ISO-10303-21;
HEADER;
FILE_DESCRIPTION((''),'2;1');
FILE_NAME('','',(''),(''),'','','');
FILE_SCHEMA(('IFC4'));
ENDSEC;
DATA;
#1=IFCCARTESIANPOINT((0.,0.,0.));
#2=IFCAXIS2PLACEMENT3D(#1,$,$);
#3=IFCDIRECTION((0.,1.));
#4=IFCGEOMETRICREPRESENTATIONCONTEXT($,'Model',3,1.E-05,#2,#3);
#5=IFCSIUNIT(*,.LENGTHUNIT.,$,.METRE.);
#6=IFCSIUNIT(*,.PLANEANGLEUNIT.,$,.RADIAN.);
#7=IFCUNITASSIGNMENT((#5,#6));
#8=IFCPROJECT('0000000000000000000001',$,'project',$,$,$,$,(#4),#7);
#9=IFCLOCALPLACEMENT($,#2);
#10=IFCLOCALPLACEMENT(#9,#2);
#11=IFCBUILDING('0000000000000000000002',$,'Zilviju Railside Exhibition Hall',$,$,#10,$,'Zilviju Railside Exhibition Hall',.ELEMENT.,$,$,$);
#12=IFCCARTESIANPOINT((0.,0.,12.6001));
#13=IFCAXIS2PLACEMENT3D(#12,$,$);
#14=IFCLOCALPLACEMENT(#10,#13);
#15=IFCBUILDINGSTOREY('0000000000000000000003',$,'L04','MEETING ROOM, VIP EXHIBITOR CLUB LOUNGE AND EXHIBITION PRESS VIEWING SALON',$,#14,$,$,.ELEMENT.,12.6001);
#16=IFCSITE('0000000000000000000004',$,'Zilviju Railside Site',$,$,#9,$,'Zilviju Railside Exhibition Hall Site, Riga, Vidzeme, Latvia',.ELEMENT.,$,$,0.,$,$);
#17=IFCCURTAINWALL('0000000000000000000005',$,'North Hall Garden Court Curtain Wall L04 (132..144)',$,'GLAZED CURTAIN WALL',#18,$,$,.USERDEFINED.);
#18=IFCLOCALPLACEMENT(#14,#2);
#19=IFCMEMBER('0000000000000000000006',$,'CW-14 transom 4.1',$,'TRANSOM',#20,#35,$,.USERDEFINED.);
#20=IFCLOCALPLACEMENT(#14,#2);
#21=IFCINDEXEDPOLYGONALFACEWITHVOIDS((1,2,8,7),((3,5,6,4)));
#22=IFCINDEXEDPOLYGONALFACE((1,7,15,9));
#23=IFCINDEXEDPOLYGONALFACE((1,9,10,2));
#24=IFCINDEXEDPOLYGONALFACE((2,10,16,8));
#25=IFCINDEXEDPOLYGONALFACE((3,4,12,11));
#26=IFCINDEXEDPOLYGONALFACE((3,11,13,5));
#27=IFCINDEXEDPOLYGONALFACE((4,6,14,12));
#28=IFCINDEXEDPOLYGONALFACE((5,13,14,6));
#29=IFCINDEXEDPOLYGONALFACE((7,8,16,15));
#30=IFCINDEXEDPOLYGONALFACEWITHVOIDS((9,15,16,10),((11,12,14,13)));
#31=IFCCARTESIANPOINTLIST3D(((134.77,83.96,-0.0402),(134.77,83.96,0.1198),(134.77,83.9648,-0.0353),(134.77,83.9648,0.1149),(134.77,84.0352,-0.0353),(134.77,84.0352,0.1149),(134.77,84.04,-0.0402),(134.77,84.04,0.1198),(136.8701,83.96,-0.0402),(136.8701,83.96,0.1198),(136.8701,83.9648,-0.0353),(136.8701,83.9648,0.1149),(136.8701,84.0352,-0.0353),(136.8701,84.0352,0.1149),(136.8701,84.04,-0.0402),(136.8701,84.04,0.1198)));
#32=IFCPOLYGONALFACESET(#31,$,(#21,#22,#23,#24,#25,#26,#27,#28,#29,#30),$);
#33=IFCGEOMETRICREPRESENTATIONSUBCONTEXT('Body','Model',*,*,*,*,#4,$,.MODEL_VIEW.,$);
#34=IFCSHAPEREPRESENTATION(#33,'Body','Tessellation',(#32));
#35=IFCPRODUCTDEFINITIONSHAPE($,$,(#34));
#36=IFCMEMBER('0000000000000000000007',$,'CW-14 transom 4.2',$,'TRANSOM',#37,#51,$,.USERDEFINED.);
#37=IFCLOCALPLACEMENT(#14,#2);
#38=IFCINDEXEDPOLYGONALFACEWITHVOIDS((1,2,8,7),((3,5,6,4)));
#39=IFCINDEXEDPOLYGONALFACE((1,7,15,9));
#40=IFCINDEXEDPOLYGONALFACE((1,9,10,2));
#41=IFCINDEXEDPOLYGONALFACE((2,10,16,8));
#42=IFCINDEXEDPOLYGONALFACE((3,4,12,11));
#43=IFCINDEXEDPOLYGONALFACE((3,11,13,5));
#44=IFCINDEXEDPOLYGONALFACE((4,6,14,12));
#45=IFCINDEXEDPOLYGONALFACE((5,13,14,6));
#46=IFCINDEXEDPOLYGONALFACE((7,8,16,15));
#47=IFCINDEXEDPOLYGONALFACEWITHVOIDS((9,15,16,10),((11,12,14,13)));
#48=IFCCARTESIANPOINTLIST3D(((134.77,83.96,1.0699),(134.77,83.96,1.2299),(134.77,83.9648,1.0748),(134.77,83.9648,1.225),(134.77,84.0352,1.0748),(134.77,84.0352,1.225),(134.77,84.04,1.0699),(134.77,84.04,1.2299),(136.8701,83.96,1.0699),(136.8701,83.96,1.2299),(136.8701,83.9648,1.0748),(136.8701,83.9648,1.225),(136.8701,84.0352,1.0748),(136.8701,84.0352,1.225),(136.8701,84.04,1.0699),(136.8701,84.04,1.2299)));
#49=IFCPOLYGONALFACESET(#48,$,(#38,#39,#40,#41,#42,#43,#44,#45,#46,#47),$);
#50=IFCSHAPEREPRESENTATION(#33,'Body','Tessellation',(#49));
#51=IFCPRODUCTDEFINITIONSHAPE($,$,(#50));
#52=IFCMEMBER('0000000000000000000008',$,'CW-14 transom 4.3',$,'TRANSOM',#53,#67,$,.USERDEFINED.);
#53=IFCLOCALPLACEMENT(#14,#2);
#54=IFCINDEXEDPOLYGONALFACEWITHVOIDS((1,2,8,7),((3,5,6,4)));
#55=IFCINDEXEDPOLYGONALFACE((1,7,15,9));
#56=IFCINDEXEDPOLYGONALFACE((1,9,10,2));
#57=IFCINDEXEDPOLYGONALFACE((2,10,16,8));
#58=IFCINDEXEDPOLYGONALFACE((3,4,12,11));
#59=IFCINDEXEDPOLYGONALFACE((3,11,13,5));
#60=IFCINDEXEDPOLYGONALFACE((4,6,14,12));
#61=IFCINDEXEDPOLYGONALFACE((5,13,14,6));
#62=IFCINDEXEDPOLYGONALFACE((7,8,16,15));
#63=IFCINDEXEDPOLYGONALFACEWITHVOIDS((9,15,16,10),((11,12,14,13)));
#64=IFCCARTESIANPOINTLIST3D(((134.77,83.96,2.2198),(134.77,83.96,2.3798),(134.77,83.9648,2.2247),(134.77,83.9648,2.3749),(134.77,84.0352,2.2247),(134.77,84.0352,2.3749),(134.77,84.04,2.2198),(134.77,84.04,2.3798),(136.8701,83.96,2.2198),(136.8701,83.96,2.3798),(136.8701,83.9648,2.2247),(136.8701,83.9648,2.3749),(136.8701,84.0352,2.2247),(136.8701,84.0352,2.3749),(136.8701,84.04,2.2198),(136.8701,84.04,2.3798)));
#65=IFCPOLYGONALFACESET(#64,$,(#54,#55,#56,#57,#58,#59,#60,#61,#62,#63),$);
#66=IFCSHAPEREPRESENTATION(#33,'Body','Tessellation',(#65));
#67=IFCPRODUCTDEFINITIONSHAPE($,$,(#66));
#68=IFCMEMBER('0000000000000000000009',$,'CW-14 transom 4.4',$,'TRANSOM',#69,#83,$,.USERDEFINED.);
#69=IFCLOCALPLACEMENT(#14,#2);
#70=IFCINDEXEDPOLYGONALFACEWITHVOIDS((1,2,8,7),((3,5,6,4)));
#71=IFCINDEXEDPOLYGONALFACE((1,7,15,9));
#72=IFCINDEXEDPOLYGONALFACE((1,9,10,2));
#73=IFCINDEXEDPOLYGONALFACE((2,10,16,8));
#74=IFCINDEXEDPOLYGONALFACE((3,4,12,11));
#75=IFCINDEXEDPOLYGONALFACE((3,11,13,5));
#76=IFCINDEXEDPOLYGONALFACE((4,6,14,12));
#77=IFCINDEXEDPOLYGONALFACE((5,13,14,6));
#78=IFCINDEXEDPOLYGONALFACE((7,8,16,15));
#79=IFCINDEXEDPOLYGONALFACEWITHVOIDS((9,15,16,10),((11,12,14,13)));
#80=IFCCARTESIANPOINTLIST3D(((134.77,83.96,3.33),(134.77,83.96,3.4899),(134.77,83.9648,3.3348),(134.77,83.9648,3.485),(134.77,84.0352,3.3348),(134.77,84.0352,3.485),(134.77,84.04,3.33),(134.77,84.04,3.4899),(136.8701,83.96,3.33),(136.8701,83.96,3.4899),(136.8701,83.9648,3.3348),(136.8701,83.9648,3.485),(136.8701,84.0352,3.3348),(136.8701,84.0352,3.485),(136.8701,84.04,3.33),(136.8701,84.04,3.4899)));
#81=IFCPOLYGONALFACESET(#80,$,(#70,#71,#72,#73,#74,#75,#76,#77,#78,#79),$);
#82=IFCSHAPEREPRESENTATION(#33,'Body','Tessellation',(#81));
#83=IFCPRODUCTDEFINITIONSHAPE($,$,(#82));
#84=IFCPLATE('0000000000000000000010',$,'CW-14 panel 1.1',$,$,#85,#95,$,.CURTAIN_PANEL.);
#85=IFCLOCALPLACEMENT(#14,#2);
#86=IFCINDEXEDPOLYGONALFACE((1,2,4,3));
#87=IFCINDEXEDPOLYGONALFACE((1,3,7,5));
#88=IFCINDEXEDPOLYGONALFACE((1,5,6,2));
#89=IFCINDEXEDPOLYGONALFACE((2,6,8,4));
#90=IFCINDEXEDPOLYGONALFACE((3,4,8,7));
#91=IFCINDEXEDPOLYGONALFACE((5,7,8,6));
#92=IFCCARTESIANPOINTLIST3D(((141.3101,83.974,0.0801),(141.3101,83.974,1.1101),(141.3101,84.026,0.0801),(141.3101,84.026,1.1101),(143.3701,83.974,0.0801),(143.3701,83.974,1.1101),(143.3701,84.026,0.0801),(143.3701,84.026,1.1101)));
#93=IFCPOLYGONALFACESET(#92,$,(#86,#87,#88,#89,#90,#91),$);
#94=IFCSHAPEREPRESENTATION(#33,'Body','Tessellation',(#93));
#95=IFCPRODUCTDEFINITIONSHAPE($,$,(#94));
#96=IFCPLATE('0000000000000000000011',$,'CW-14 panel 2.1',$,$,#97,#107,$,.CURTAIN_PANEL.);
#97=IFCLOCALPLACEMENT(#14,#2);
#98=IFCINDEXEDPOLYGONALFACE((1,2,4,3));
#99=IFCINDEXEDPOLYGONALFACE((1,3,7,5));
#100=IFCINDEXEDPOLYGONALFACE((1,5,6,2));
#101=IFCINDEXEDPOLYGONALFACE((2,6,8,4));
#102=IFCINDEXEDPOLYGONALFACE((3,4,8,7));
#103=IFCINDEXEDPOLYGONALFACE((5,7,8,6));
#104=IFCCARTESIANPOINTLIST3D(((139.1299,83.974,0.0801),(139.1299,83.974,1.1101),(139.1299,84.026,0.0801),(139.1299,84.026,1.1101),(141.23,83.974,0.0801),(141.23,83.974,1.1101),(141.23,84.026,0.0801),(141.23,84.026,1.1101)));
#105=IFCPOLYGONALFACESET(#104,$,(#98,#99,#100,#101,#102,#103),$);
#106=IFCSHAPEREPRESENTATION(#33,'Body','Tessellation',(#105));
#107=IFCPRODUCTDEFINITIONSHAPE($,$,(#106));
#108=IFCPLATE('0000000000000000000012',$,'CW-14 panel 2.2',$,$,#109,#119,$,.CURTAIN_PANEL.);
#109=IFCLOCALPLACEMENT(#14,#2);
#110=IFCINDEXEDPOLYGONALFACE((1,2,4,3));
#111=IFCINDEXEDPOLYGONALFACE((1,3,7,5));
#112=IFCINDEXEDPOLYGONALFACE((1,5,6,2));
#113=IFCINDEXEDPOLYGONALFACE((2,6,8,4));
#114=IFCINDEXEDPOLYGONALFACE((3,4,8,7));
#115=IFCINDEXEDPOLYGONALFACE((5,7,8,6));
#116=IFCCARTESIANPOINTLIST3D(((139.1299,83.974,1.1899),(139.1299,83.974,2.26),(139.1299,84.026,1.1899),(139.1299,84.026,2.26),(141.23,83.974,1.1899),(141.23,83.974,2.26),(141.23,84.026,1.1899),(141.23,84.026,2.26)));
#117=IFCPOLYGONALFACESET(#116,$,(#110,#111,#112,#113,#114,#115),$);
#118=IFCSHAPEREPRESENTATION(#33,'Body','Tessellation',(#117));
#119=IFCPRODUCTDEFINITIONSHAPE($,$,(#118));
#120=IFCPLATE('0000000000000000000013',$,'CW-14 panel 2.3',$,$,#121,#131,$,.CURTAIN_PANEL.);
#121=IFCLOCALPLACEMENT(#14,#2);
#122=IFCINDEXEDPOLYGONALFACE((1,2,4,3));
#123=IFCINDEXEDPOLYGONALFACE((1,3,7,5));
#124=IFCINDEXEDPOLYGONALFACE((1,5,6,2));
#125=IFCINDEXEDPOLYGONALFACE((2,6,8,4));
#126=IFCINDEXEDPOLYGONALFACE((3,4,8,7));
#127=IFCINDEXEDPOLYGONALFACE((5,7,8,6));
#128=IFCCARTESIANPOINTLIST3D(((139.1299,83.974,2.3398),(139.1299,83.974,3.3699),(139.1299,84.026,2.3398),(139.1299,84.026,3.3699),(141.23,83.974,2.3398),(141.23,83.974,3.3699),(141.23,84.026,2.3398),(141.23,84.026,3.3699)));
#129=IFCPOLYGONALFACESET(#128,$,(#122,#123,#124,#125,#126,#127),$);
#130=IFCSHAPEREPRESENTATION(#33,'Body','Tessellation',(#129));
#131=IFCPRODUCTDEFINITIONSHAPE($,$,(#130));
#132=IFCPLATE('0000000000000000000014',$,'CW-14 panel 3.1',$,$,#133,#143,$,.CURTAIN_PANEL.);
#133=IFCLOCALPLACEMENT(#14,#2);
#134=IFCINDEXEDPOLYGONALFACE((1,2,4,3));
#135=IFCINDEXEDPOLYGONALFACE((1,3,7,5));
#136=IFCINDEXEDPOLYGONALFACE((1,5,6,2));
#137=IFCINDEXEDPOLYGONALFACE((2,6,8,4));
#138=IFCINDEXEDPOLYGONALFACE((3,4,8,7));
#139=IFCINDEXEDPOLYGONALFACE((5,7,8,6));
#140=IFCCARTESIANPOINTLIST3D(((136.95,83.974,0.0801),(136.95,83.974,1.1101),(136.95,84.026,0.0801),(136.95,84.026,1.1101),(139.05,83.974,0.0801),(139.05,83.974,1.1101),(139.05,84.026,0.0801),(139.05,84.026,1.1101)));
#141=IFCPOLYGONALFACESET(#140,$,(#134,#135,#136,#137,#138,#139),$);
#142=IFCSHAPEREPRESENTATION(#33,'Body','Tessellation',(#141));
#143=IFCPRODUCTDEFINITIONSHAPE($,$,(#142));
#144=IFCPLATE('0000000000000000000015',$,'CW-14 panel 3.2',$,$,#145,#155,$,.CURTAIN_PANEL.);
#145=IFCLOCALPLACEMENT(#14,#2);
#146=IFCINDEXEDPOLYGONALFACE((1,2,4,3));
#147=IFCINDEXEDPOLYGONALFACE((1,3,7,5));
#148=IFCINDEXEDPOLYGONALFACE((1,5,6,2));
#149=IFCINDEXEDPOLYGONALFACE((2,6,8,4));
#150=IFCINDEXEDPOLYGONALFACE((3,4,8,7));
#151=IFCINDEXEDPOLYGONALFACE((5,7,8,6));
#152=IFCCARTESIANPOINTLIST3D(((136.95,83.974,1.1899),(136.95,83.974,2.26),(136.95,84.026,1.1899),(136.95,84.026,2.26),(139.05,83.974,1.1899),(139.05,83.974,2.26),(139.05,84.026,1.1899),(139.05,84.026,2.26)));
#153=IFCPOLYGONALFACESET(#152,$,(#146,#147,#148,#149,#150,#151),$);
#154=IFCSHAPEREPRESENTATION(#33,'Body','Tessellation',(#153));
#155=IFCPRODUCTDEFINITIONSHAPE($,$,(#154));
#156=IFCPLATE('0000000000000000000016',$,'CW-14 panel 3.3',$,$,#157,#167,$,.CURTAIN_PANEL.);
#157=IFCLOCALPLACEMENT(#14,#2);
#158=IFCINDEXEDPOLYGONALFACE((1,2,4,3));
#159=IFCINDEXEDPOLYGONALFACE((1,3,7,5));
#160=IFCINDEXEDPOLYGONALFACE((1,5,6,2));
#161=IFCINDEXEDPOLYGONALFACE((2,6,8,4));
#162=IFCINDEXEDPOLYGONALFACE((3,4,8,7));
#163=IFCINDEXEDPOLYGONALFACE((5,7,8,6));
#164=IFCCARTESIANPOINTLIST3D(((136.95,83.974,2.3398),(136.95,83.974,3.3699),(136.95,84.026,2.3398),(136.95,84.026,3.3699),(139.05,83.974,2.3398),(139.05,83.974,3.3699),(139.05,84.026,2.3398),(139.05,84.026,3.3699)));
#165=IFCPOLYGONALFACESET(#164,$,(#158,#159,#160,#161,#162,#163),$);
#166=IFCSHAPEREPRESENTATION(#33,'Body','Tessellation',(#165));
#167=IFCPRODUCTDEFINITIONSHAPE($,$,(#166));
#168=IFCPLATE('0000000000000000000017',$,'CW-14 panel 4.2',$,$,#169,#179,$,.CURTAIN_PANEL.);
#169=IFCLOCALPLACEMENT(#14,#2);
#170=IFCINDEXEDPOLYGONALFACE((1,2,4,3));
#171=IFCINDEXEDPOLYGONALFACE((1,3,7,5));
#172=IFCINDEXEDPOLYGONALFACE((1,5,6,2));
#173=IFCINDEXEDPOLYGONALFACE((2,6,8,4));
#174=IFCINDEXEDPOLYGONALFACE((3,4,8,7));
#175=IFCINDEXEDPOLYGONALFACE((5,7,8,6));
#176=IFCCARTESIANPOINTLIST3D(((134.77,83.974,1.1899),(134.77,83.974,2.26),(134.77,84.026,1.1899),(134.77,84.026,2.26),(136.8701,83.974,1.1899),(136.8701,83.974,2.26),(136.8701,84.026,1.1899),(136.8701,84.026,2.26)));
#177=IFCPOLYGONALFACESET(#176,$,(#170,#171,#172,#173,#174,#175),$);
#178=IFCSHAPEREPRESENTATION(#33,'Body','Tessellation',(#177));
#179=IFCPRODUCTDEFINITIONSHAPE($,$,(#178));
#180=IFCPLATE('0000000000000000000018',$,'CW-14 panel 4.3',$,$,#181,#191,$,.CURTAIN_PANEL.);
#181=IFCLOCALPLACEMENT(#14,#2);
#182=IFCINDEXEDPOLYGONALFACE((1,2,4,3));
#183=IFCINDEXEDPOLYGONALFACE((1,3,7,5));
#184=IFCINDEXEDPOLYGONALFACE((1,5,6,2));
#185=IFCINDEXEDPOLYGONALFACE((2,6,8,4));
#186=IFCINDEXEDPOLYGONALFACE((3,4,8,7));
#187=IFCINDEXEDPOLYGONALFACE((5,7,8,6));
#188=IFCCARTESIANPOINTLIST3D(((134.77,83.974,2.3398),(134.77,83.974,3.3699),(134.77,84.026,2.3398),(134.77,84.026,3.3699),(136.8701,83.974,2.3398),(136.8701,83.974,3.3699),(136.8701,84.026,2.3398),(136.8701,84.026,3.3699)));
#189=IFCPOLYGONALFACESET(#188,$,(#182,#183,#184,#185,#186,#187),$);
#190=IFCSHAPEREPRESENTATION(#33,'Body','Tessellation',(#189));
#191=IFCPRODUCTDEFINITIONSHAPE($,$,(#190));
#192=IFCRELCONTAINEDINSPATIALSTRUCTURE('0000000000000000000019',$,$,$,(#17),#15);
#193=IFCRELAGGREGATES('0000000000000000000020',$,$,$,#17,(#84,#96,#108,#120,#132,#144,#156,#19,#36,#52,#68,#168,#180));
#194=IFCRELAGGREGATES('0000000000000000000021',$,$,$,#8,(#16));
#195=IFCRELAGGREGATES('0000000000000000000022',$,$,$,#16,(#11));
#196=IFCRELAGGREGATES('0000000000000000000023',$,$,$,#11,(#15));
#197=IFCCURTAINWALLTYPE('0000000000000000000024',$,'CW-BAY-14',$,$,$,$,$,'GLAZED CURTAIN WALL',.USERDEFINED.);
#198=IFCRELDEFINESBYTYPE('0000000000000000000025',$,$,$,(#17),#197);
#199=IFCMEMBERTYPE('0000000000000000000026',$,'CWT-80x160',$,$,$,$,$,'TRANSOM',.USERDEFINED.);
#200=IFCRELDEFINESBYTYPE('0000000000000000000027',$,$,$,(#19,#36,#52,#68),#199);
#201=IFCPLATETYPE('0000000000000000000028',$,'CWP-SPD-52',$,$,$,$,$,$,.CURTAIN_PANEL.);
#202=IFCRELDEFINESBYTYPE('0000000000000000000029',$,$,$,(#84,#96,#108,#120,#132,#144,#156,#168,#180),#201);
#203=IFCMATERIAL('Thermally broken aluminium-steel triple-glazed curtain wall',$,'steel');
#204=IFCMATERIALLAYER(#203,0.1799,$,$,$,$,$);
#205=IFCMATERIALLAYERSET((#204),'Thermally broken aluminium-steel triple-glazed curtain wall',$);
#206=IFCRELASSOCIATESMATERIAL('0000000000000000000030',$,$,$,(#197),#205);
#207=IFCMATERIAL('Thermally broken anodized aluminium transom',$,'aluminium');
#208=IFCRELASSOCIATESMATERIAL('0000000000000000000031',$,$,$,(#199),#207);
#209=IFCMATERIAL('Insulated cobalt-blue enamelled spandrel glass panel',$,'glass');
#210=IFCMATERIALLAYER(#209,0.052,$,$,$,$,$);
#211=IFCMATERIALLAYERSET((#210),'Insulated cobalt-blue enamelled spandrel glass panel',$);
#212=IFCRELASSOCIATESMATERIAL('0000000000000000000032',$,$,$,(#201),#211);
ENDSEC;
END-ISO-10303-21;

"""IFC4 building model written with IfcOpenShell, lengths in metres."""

from ifc_helpers import new_model, si_unit, direction, frame, origin, origin_2d, place, context, subcontext, project, spatial, rectangle, hollow_rectangle, extrude, material, layer, layer_set, material_profile, profile_set, type_object, element, aggregate, save


model = new_model("IFC4")

# Units and contexts
model_context = context("Model", 3, precision=1e-05, world=origin(), true_north=direction((0.0, 1.0)))
body_context = subcontext(model_context, "Body", "Model", "MODEL_VIEW")
ifc_project = project(units=[si_unit("LENGTHUNIT", "METRE"), si_unit("PLANEANGLEUNIT", "RADIAN")], contexts=[model_context])

# Site, building, storey
site_placement = place(None, origin())
site = spatial("IfcSite", under=ifc_project, at=site_placement, Name="Zilviju Railside Site", LongName="Zilviju Railside Exhibition Hall Site, Riga, Vidzeme, Latvia", CompositionType="ELEMENT", RefElevation=0.0)
building_placement = place(site_placement, origin())
building = spatial("IfcBuilding", under=site, at=building_placement, Name="Zilviju Railside Exhibition Hall", LongName="Zilviju Railside Exhibition Hall", CompositionType="ELEMENT")
storey_placement = place(building_placement, frame((0.0, 0.0, 12.6001)))
storey = spatial("IfcBuildingStorey", under=building, at=storey_placement, Name="L04", Description="MEETING ROOM, VIP EXHIBITOR CLUB LOUNGE AND EXHIBITION PRESS VIEWING SALON", CompositionType="ELEMENT", Elevation=12.6001)

# Curtain wall, members, plates
ifc_material_1 = material(Name="Thermally broken aluminium-steel triple-glazed curtain wall", Category="steel")
ifc_layer_1 = layer(ifc_material_1, 0.1799)
ifc_layer_set_1 = layer_set([ifc_layer_1], Name="Thermally broken aluminium-steel triple-glazed curtain wall")
curtain_wall_type = type_object("IfcCurtainWallType", Name="CW-BAY-14", ElementType="GLAZED CURTAIN WALL", PredefinedType="USERDEFINED", material=ifc_layer_set_1)
curtain_wall_placement = place(storey_placement, origin())
curtain_wall = element("IfcCurtainWall", 1, at=curtain_wall_placement, inside=storey, type_object=curtain_wall_type, Name="North Hall Garden Court Curtain Wall L04 (132..144)", ObjectType="GLAZED CURTAIN WALL", PredefinedType="USERDEFINED")
ifc_material_2 = material(Name="Thermally broken anodized aluminium transom", Category="aluminium")
ifc_material_profile_1 = material_profile(ifc_material_2, hollow_rectangle(XDim=0.0801, YDim=0.1599, WallThickness=0.0049, at=origin_2d()), Name="TRANSOM 160x80x5")
ifc_profile_set_1 = profile_set([ifc_material_profile_1], Name="Thermally broken anodized aluminium transom")
member_type_1 = type_object("IfcMemberType", Name="CWT-80x160", ElementType="TRANSOM", PredefinedType="USERDEFINED", material=ifc_profile_set_1)
member_1_placement = place(storey_placement, frame((136.8701, 84.0, 0.0398), z_axis=(-1.0, 0.0, 0.0), x_axis=(0.0, -1.0, 0.0)))
member_1 = element("IfcMember", 2, at=member_1_placement, type_object=member_type_1, Name="CW-14 transom 4.1", ObjectType="TRANSOM", PredefinedType="USERDEFINED", context=body_context, shape_type="SweptSolid", body=[
    extrude(hollow_rectangle(XDim=0.0801, YDim=0.1599, WallThickness=0.0049, at=origin_2d()), origin(), (0.0, 0.0, 1.0), 2.1001),
])
member_2_placement = place(storey_placement, frame((136.8701, 84.0, 1.1499), z_axis=(-1.0, 0.0, 0.0), x_axis=(0.0, -1.0, 0.0)))
member_2 = element("IfcMember", 3, at=member_2_placement, type_object=member_type_1, Name="CW-14 transom 4.2", ObjectType="TRANSOM", PredefinedType="USERDEFINED", context=body_context, shape_type="SweptSolid", body=[
    extrude(hollow_rectangle(XDim=0.0801, YDim=0.1599, WallThickness=0.0049, at=origin_2d()), origin(), (0.0, 0.0, 1.0), 2.1001),
])
member_3_placement = place(storey_placement, frame((136.8701, 84.0, 2.2998), z_axis=(-1.0, 0.0, 0.0), x_axis=(0.0, -1.0, 0.0)))
member_3 = element("IfcMember", 4, at=member_3_placement, type_object=member_type_1, Name="CW-14 transom 4.3", ObjectType="TRANSOM", PredefinedType="USERDEFINED", context=body_context, shape_type="SweptSolid", body=[
    extrude(hollow_rectangle(XDim=0.0801, YDim=0.1599, WallThickness=0.0049, at=origin_2d()), origin(), (0.0, 0.0, 1.0), 2.1001),
])
member_4_placement = place(storey_placement, frame((136.8701, 84.0, 3.4099), z_axis=(-1.0, 0.0, 0.0), x_axis=(0.0, -1.0, 0.0)))
member_4 = element("IfcMember", 5, at=member_4_placement, type_object=member_type_1, Name="CW-14 transom 4.4", ObjectType="TRANSOM", PredefinedType="USERDEFINED", context=body_context, shape_type="SweptSolid", body=[
    extrude(hollow_rectangle(XDim=0.0801, YDim=0.1599, WallThickness=0.0049, at=origin_2d()), origin(), (0.0, 0.0, 1.0), 2.1001),
])
ifc_material_3 = material(Name="Insulated cobalt-blue enamelled spandrel glass panel", Category="glass")
ifc_layer_2 = layer(ifc_material_3, 0.052)
ifc_layer_set_2 = layer_set([ifc_layer_2], Name="Insulated cobalt-blue enamelled spandrel glass panel")
plate_type = type_object("IfcPlateType", Name="CWP-SPD-52", PredefinedType="CURTAIN_PANEL", material=ifc_layer_set_2)
plate_1_placement = place(storey_placement, frame((142.3401, 84.0, 0.0801), z_axis=(0.0, 0.0, 1.0), x_axis=(-1.0, 0.0, 0.0)))
plate_1 = element("IfcPlate", 6, at=plate_1_placement, type_object=plate_type, Name="CW-14 panel 1.1", PredefinedType="CURTAIN_PANEL", context=body_context, shape_type="SweptSolid", body=[
    extrude(rectangle(XDim=2.0601, YDim=0.052, at=origin_2d()), origin(), (0.0, 0.0, 1.0), 1.03),
])
plate_2_placement = place(storey_placement, frame((140.1799, 84.0, 0.0801), z_axis=(0.0, 0.0, 1.0), x_axis=(-1.0, 0.0, 0.0)))
plate_2 = element("IfcPlate", 7, at=plate_2_placement, type_object=plate_type, Name="CW-14 panel 2.1", PredefinedType="CURTAIN_PANEL", context=body_context, shape_type="SweptSolid", body=[
    extrude(rectangle(XDim=2.1001, YDim=0.052, at=origin_2d()), origin(), (0.0, 0.0, 1.0), 1.03),
])
plate_3_placement = place(storey_placement, frame((140.1799, 84.0, 1.1899), z_axis=(0.0, 0.0, 1.0), x_axis=(-1.0, 0.0, 0.0)))
plate_3 = element("IfcPlate", 8, at=plate_3_placement, type_object=plate_type, Name="CW-14 panel 2.2", PredefinedType="CURTAIN_PANEL", context=body_context, shape_type="SweptSolid", body=[
    extrude(rectangle(XDim=2.1001, YDim=0.052, at=origin_2d()), origin(), (0.0, 0.0, 1.0), 1.0701),
])
plate_4_placement = place(storey_placement, frame((140.1799, 84.0, 2.3398), z_axis=(0.0, 0.0, 1.0), x_axis=(-1.0, 0.0, 0.0)))
plate_4 = element("IfcPlate", 9, at=plate_4_placement, type_object=plate_type, Name="CW-14 panel 2.3", PredefinedType="CURTAIN_PANEL", context=body_context, shape_type="SweptSolid", body=[
    extrude(rectangle(XDim=2.1001, YDim=0.052, at=origin_2d()), origin(), (0.0, 0.0, 1.0), 1.03),
])
plate_5_placement = place(storey_placement, frame((138.0, 84.0, 0.0801), z_axis=(0.0, 0.0, 1.0), x_axis=(-1.0, 0.0, 0.0)))
plate_5 = element("IfcPlate", 10, at=plate_5_placement, type_object=plate_type, Name="CW-14 panel 3.1", PredefinedType="CURTAIN_PANEL", context=body_context, shape_type="SweptSolid", body=[
    extrude(rectangle(XDim=2.1001, YDim=0.052, at=origin_2d()), origin(), (0.0, 0.0, 1.0), 1.03),
])
plate_6_placement = place(storey_placement, frame((138.0, 84.0, 1.1899), z_axis=(0.0, 0.0, 1.0), x_axis=(-1.0, 0.0, 0.0)))
plate_6 = element("IfcPlate", 11, at=plate_6_placement, type_object=plate_type, Name="CW-14 panel 3.2", PredefinedType="CURTAIN_PANEL", context=body_context, shape_type="SweptSolid", body=[
    extrude(rectangle(XDim=2.1001, YDim=0.052, at=origin_2d()), origin(), (0.0, 0.0, 1.0), 1.0701),
])
plate_7_placement = place(storey_placement, frame((138.0, 84.0, 2.3398), z_axis=(0.0, 0.0, 1.0), x_axis=(-1.0, 0.0, 0.0)))
plate_7 = element("IfcPlate", 12, at=plate_7_placement, type_object=plate_type, Name="CW-14 panel 3.3", PredefinedType="CURTAIN_PANEL", context=body_context, shape_type="SweptSolid", body=[
    extrude(rectangle(XDim=2.1001, YDim=0.052, at=origin_2d()), origin(), (0.0, 0.0, 1.0), 1.03),
])
plate_8_placement = place(storey_placement, frame((135.8201, 84.0, 1.1899), z_axis=(0.0, 0.0, 1.0), x_axis=(-1.0, 0.0, 0.0)))
plate_8 = element("IfcPlate", 13, at=plate_8_placement, type_object=plate_type, Name="CW-14 panel 4.2", PredefinedType="CURTAIN_PANEL", context=body_context, shape_type="SweptSolid", body=[
    extrude(rectangle(XDim=2.1001, YDim=0.052, at=origin_2d()), origin(), (0.0, 0.0, 1.0), 1.0701),
])
plate_9_placement = place(storey_placement, frame((135.8201, 84.0, 2.3398), z_axis=(0.0, 0.0, 1.0), x_axis=(-1.0, 0.0, 0.0)))
plate_9 = element("IfcPlate", 14, at=plate_9_placement, type_object=plate_type, Name="CW-14 panel 4.3", PredefinedType="CURTAIN_PANEL", context=body_context, shape_type="SweptSolid", body=[
    extrude(rectangle(XDim=2.1001, YDim=0.052, at=origin_2d()), origin(), (0.0, 0.0, 1.0), 1.03),
])
aggregate(curtain_wall, [plate_1, plate_2, plate_3, plate_4, plate_5, plate_6, plate_7, member_1, member_2, member_3, member_4, plate_8, plate_9])

save(model, "model.ifc")
